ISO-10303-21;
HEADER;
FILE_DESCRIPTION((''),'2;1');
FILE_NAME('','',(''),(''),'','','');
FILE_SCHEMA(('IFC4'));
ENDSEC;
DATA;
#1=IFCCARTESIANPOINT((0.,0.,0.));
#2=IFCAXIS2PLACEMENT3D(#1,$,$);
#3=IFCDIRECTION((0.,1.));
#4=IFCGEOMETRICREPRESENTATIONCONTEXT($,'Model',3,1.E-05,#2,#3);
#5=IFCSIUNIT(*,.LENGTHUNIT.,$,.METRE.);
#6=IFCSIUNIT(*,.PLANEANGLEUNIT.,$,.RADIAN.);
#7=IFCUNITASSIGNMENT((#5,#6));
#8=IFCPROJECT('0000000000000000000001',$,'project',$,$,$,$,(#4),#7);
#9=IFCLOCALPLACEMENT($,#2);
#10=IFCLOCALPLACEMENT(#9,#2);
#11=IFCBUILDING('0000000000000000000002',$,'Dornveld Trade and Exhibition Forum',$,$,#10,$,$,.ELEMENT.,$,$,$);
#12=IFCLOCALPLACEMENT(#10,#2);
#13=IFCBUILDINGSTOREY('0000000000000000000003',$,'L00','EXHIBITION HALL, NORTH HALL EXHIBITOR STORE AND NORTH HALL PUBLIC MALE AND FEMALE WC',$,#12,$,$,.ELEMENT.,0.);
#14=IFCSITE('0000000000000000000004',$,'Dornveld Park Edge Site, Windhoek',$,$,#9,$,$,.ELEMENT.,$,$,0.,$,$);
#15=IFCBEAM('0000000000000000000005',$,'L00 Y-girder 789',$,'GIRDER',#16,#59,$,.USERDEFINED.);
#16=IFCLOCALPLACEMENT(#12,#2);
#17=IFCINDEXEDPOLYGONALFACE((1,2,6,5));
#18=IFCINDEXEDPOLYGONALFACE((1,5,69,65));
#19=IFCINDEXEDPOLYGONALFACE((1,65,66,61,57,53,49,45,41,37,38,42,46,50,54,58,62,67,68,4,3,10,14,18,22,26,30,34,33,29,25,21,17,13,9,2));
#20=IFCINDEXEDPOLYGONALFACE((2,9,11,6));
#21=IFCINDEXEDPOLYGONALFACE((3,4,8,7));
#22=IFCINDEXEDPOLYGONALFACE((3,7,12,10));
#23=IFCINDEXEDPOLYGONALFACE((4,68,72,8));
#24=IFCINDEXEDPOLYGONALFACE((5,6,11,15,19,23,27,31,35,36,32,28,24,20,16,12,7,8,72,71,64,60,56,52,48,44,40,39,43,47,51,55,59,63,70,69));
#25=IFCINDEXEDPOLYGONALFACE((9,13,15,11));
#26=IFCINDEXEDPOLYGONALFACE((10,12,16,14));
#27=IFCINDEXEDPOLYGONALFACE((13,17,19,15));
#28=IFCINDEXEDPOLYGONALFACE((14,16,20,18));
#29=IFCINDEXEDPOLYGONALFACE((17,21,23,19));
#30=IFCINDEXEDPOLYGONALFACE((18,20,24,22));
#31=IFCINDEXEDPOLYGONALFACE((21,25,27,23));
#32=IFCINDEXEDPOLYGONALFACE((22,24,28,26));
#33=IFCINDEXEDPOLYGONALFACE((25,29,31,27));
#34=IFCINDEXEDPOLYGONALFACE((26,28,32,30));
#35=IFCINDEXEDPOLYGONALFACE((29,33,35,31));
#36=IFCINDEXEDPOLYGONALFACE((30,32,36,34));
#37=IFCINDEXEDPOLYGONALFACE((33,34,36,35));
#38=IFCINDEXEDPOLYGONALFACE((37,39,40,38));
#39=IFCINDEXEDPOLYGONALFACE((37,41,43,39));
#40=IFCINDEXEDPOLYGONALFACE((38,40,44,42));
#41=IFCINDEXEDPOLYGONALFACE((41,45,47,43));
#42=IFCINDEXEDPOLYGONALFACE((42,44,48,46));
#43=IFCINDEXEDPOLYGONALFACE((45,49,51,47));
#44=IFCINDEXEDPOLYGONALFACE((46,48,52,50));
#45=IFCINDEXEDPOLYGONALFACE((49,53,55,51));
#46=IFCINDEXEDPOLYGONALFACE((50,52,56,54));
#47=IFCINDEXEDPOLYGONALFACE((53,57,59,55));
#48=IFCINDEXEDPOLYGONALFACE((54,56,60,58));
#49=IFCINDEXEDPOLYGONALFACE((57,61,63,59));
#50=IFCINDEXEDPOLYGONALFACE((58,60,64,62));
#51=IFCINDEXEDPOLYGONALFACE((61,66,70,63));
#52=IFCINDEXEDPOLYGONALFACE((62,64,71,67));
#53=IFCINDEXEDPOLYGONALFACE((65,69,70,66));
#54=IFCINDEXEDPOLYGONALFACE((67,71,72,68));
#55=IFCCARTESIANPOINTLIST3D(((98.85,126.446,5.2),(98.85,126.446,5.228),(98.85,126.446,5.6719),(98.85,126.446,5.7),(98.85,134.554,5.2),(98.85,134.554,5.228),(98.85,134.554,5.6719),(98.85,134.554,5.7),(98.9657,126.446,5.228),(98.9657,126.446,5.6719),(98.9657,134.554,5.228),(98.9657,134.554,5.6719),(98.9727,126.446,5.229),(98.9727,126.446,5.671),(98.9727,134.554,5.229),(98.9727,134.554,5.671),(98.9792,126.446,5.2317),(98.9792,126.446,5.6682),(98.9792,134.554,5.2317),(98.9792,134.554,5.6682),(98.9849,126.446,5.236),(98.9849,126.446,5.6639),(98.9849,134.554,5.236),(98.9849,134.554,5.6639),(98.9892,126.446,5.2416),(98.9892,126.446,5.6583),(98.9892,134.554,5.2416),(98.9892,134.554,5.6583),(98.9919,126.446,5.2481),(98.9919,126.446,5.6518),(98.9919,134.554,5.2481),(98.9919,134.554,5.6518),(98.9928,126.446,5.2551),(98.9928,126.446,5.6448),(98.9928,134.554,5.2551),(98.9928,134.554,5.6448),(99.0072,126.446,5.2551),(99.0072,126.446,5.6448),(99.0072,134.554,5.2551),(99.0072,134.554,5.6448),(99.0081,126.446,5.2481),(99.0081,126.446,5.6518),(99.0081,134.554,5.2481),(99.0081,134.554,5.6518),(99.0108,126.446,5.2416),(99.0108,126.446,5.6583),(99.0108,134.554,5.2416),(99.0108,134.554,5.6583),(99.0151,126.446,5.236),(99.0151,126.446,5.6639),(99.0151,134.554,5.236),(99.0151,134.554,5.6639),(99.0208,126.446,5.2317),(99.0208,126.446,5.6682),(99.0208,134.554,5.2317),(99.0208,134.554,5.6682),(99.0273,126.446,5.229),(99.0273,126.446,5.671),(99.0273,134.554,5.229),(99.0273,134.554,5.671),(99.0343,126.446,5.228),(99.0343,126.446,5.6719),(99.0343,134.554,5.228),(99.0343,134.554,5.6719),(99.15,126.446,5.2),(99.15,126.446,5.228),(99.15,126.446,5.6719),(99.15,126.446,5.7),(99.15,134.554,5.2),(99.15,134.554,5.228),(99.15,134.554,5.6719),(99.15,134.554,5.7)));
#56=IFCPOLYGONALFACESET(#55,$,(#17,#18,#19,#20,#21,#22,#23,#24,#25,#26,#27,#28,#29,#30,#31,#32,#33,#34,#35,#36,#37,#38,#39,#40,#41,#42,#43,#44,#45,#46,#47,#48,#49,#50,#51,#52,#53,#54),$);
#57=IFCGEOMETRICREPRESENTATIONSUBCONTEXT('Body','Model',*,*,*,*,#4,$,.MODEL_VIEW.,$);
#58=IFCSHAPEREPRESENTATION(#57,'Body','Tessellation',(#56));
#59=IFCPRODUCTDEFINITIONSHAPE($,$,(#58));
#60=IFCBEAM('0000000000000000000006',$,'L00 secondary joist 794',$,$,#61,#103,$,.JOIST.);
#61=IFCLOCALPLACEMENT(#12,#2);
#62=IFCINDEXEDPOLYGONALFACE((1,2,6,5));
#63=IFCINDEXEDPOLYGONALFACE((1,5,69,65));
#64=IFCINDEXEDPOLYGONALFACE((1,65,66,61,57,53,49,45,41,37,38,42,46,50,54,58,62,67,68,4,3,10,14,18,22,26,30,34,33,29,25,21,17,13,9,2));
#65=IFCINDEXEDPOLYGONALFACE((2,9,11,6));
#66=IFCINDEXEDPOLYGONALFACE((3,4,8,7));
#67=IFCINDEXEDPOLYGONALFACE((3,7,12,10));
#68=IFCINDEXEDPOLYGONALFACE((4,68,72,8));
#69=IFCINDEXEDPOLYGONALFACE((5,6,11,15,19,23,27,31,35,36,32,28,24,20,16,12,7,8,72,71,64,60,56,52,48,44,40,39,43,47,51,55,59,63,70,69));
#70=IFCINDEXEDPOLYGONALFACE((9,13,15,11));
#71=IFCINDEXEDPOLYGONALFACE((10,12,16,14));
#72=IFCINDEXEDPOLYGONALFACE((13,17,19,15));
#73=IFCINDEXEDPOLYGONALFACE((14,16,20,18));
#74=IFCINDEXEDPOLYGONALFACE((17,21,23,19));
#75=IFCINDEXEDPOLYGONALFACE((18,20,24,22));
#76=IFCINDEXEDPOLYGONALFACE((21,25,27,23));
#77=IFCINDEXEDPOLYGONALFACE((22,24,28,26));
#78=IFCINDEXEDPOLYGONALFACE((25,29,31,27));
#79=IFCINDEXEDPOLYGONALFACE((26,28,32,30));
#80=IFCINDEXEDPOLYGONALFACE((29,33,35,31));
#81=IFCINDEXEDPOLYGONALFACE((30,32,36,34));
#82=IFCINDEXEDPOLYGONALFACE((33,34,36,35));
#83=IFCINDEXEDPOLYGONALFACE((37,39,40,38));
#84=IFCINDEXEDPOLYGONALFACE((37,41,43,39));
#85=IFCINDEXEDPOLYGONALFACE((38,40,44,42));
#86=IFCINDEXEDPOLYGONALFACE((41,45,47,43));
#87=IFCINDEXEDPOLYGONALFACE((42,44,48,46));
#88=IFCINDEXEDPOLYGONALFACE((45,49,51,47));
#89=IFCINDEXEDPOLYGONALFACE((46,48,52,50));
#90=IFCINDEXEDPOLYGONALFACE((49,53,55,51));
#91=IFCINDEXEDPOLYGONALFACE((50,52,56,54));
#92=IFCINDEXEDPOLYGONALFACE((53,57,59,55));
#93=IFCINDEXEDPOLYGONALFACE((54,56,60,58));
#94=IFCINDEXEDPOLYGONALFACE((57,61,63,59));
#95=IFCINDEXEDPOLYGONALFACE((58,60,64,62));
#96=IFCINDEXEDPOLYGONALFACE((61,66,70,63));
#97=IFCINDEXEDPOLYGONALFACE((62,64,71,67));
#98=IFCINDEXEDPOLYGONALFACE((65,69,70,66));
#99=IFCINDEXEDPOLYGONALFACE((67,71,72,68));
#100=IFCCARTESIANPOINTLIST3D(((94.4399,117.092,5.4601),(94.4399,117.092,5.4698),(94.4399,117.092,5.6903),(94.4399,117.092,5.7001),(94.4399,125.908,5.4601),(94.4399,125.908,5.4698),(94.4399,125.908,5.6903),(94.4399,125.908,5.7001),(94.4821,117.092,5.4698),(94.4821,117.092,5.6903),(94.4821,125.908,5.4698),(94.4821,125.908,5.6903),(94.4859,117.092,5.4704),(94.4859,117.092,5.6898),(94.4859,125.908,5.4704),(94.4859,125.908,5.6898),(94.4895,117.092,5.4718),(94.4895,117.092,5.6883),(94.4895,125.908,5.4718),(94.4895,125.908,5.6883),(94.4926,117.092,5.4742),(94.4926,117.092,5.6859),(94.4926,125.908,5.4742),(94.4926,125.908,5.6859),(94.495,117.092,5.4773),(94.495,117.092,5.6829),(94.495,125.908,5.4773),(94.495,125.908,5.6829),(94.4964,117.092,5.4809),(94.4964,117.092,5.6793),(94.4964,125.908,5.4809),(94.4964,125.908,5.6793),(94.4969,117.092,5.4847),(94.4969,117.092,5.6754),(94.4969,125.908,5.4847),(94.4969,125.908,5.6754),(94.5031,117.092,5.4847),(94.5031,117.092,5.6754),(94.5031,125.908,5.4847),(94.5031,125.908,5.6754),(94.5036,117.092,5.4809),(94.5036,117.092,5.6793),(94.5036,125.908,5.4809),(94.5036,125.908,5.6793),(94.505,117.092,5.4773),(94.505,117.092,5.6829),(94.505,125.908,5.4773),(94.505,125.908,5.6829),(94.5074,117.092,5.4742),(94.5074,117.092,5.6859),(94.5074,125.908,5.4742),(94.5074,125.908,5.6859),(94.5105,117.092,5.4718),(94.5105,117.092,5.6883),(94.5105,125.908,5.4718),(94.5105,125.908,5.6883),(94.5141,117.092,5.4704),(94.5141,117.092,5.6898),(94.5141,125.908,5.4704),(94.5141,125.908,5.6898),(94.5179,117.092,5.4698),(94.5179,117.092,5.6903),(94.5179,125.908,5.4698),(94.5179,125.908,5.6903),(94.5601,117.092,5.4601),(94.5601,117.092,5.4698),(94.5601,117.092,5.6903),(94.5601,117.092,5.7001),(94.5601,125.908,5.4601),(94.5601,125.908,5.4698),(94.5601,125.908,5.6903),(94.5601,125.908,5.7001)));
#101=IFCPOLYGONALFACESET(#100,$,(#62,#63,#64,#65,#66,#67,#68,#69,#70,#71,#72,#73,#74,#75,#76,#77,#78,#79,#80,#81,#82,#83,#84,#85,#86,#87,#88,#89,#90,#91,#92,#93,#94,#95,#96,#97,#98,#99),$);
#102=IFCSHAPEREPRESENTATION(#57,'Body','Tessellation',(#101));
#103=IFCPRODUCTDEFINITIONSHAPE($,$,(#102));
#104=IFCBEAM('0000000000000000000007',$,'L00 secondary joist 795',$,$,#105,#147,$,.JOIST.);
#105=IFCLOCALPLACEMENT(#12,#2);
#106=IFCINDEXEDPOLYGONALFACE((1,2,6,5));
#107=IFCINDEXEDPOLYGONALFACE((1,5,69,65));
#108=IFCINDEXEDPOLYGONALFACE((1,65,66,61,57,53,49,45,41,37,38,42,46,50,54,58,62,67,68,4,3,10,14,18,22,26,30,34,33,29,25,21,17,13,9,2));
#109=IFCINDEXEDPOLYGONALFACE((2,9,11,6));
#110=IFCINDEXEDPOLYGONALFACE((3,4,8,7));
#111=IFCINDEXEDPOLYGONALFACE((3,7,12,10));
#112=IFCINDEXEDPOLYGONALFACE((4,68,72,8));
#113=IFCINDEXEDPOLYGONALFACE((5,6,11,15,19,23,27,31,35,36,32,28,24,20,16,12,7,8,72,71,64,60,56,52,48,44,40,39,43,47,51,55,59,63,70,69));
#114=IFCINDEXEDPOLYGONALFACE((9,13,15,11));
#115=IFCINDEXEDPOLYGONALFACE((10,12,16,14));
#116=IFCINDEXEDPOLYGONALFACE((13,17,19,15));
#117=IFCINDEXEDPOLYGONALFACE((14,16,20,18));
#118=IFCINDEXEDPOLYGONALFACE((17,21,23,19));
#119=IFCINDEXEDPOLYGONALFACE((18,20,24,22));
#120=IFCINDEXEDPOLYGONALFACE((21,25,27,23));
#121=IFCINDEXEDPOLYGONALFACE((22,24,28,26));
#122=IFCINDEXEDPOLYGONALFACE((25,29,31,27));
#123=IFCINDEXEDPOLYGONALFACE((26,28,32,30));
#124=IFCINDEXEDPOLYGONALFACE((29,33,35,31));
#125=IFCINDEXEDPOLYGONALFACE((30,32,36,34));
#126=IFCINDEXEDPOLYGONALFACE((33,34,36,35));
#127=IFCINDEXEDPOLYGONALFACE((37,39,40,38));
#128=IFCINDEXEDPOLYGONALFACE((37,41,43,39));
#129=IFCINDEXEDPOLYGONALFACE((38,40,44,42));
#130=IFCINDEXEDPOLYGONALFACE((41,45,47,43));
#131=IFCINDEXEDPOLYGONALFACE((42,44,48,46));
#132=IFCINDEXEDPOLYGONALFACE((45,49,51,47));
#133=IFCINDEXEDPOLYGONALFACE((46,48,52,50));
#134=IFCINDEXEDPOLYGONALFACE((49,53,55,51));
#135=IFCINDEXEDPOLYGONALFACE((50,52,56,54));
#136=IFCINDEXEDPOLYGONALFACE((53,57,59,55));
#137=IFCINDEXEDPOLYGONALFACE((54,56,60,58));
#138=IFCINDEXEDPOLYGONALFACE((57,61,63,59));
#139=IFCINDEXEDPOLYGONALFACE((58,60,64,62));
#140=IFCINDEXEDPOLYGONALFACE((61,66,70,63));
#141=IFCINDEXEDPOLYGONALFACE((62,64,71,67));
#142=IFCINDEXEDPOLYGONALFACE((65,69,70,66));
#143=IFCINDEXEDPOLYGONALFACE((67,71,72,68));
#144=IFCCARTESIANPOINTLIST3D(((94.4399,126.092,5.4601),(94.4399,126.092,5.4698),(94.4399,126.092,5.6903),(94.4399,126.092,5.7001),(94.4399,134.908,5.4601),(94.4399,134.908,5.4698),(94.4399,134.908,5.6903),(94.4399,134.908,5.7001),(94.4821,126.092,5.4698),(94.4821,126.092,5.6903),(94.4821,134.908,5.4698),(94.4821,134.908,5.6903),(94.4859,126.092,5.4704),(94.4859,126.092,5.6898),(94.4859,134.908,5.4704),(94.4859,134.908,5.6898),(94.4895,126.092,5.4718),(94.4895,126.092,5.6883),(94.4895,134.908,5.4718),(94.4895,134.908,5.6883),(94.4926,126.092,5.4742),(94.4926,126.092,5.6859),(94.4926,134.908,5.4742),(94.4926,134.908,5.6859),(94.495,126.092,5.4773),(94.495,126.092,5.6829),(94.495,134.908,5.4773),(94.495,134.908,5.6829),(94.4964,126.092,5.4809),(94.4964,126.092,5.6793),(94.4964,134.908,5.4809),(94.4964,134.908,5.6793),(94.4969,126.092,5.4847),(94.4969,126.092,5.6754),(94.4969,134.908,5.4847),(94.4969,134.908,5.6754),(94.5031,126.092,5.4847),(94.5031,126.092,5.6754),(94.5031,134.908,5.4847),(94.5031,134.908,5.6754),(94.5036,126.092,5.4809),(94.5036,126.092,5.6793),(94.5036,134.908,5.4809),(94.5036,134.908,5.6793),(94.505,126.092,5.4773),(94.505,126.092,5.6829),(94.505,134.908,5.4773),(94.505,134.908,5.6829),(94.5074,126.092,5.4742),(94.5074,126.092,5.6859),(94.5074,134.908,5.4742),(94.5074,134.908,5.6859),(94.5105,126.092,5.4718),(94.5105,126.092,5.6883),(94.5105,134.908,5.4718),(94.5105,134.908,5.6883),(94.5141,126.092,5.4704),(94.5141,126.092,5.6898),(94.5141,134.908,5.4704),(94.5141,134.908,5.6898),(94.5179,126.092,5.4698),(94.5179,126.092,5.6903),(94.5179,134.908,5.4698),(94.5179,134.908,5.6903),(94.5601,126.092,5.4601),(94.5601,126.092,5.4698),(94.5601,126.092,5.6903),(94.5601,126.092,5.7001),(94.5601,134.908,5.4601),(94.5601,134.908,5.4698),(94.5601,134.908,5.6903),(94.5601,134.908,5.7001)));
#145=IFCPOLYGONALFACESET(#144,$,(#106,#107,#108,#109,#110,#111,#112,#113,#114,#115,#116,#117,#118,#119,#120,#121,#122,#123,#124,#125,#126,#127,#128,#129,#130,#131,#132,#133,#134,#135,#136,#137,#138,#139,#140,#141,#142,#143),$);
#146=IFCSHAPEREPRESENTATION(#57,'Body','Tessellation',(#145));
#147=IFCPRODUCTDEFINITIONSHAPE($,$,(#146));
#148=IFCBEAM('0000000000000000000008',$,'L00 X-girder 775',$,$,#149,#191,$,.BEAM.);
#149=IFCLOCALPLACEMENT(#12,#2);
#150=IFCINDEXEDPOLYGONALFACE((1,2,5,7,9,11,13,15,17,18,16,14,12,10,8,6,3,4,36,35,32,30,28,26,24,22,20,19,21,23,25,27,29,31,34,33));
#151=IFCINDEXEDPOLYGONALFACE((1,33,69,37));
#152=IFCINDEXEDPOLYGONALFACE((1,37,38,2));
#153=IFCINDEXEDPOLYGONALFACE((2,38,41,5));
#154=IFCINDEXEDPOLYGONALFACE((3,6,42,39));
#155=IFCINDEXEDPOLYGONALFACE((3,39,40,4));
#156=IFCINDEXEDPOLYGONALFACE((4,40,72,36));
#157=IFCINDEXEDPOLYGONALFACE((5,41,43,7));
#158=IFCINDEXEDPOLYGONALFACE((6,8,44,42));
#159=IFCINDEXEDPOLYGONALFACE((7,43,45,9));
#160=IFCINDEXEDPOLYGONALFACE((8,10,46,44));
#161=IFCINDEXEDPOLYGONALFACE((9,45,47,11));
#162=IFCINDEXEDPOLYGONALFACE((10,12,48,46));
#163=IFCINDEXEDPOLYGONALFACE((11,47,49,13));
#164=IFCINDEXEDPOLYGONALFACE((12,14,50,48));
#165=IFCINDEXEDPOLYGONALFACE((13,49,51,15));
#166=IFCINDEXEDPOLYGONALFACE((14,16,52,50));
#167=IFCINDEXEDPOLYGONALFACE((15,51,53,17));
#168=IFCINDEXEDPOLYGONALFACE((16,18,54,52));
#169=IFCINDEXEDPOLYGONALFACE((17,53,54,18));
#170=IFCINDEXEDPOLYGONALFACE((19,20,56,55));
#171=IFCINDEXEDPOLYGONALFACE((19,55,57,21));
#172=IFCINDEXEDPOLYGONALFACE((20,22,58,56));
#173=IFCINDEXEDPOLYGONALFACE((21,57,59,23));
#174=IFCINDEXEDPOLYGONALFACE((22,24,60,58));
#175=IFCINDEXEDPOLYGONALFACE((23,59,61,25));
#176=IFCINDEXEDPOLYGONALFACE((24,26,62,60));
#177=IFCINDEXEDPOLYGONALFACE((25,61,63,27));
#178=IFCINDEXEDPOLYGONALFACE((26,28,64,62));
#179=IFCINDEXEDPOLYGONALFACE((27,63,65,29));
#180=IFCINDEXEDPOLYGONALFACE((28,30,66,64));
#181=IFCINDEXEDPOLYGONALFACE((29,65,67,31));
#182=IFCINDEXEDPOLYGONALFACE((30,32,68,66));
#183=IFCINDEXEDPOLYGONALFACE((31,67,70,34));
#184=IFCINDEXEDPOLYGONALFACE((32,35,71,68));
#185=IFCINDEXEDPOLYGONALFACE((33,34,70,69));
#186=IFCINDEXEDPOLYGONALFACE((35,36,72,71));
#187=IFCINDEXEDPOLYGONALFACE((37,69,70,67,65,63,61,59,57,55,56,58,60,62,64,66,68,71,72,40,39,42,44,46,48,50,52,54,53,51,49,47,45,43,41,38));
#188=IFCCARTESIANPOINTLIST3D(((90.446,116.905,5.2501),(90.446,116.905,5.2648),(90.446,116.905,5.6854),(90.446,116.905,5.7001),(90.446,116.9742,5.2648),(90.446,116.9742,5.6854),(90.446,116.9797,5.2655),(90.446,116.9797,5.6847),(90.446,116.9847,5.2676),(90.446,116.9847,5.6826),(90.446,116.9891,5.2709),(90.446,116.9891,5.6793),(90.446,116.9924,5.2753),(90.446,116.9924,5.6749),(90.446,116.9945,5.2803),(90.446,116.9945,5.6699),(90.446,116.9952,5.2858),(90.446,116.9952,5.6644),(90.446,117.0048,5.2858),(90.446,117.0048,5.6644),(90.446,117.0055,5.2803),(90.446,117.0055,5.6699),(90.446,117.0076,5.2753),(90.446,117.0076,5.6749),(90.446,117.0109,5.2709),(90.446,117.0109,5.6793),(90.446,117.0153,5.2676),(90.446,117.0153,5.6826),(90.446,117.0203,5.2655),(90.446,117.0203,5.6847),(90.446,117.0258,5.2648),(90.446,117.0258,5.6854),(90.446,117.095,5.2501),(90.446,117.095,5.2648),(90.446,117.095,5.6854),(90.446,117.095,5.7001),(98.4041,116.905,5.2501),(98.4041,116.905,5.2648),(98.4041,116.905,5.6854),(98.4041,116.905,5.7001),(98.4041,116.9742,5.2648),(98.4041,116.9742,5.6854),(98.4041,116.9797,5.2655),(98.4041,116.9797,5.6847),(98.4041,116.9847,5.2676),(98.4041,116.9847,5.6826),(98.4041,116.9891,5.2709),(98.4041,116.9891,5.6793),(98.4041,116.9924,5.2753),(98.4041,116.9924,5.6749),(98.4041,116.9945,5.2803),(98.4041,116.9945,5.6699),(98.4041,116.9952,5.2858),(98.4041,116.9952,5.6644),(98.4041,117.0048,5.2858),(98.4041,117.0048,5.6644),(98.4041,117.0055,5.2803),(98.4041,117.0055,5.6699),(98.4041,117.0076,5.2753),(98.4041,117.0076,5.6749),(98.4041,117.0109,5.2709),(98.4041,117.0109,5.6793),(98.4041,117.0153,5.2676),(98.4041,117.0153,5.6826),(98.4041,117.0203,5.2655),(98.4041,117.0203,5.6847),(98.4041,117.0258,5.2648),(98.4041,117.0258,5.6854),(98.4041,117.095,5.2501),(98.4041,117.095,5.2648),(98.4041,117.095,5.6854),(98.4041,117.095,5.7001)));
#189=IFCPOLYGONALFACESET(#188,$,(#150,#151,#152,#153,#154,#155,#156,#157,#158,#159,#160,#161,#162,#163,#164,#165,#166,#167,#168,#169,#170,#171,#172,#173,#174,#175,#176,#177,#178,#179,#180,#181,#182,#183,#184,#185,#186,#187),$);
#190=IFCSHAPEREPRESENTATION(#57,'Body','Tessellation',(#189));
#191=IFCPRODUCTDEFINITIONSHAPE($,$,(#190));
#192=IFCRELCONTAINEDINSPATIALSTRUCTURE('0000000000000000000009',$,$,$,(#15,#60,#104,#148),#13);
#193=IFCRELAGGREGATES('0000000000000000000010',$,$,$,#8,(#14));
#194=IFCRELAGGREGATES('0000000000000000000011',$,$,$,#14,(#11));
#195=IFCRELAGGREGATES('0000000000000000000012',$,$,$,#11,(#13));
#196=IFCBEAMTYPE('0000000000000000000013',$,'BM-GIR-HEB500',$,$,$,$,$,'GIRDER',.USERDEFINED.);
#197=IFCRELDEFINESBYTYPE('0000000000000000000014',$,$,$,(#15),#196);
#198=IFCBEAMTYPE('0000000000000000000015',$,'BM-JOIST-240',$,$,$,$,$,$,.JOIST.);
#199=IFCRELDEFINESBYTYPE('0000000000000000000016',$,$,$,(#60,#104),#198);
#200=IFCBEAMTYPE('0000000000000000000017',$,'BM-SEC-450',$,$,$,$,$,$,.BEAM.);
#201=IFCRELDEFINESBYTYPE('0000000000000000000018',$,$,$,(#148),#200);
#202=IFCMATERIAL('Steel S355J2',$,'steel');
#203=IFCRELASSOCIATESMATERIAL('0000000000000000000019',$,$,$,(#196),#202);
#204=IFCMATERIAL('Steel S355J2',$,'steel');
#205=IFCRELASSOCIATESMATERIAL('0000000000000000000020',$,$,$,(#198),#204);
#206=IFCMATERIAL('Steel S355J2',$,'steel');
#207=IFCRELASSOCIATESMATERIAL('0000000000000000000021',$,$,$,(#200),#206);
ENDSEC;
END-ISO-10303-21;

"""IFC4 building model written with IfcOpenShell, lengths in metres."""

from ifc_helpers import new_model, si_unit, direction, frame, origin, origin_2d, place, context, subcontext, project, spatial, i_section, extrude, material, material_profile, profile_set, type_object, element, save


model = new_model("IFC4")

# Units and contexts
model_context = context("Model", 3, precision=1e-05, world=origin(), true_north=direction((0.0, 1.0)))
body_context = subcontext(model_context, "Body", "Model", "MODEL_VIEW")
ifc_project = project(units=[si_unit("LENGTHUNIT", "METRE"), si_unit("PLANEANGLEUNIT", "RADIAN")], contexts=[model_context])

# Site, building, storey
site_placement = place(None, origin())
site = spatial("IfcSite", under=ifc_project, at=site_placement, Name="Dornveld Park Edge Site, Windhoek", CompositionType="ELEMENT", RefElevation=0.0)
building_placement = place(site_placement, origin())
building = spatial("IfcBuilding", under=site, at=building_placement, Name="Dornveld Trade and Exhibition Forum", CompositionType="ELEMENT")
storey_placement = place(building_placement, origin())
storey = spatial("IfcBuildingStorey", under=building, at=storey_placement, Name="L00", Description="EXHIBITION HALL, NORTH HALL EXHIBITOR STORE AND NORTH HALL PUBLIC MALE AND FEMALE WC", CompositionType="ELEMENT", Elevation=0.0)

# Beams
ifc_material_1 = material(Name="Steel S355J2", Category="steel")
ifc_material_profile_1 = material_profile(ifc_material_1, i_section(OverallWidth=0.3, OverallDepth=0.5, WebThickness=0.0144, FlangeThickness=0.0281, FilletRadius=0.0271, at=origin_2d()), Name="HEB 500")
ifc_profile_set_1 = profile_set([ifc_material_profile_1], Name="Steel S355J2")
beam_type_1 = type_object("IfcBeamType", Name="BM-GIR-HEB500", ElementType="GIRDER", PredefinedType="USERDEFINED", material=ifc_profile_set_1)
for number, where, z_axis, x_axis, name in (
    (1, (99.0, 126.446, 5.45), (0.0, 1.0, 0.0), (-1.0, 0.0, 0.0), "L00 Y-girder 789"),
):
    element("IfcBeam", number, at=place(storey_placement, frame(where, z_axis=z_axis, x_axis=x_axis)), inside=storey, type_object=beam_type_1, Name=name, ObjectType="GIRDER", PredefinedType="USERDEFINED", context=body_context, shape_type="SweptSolid", body=[
        extrude(i_section(OverallWidth=0.3, OverallDepth=0.5, WebThickness=0.0144, FlangeThickness=0.0281, FilletRadius=0.0271, at=origin_2d()), origin(), (0.0, 0.0, 1.0), 8.1079),
    ])
ifc_material_2 = material(Name="Steel S355J2", Category="steel")
ifc_material_profile_2 = material_profile(ifc_material_2, i_section(OverallWidth=0.1201, OverallDepth=0.24, WebThickness=0.0061, FlangeThickness=0.0098, FilletRadius=0.0149, at=origin_2d()), Name="IPE 240")
ifc_profile_set_2 = profile_set([ifc_material_profile_2], Name="Steel S355J2")
beam_type_2 = type_object("IfcBeamType", Name="BM-JOIST-240", PredefinedType="JOIST", material=ifc_profile_set_2)
for number, where, z_axis, x_axis, name in (
    (2, (94.5, 117.092, 5.5801), (0.0, 1.0, 0.0), (-1.0, 0.0, 0.0), "L00 secondary joist 794"),
    (3, (94.5, 126.092, 5.5801), (0.0, 1.0, 0.0), (-1.0, 0.0, 0.0), "L00 secondary joist 795"),
):
    element("IfcBeam", number, at=place(storey_placement, frame(where, z_axis=z_axis, x_axis=x_axis)), inside=storey, type_object=beam_type_2, Name=name, PredefinedType="JOIST", context=body_context, shape_type="SweptSolid", body=[
        extrude(i_section(OverallWidth=0.1201, OverallDepth=0.24, WebThickness=0.0061, FlangeThickness=0.0098, FilletRadius=0.0149, at=origin_2d()), origin(), (0.0, 0.0, 1.0), 8.8159),
    ])
ifc_material_3 = material(Name="Steel S355J2", Category="steel")
ifc_material_profile_3 = material_profile(ifc_material_3, i_section(OverallWidth=0.1899, OverallDepth=0.45, WebThickness=0.0095, FlangeThickness=0.0146, FilletRadius=0.021, at=origin_2d()), Name="IPE 450")
ifc_profile_set_3 = profile_set([ifc_material_profile_3], Name="Steel S355J2")
beam_type_3 = type_object("IfcBeamType", Name="BM-SEC-450", PredefinedType="BEAM", material=ifc_profile_set_3)
for number, where, z_axis, x_axis, name in (
    (4, (90.446, 117.0, 5.4751), (1.0, 0.0, 0.0), (0.0, 1.0, 0.0), "L00 X-girder 775"),
):
    element("IfcBeam", number, at=place(storey_placement, frame(where, z_axis=z_axis, x_axis=x_axis)), inside=storey, type_object=beam_type_3, Name=name, PredefinedType="BEAM", context=body_context, shape_type="SweptSolid", body=[
        extrude(i_section(OverallWidth=0.1899, OverallDepth=0.45, WebThickness=0.0095, FlangeThickness=0.0146, FilletRadius=0.021, at=origin_2d()), origin(), (0.0, 0.0, 1.0), 7.958),
    ])

save(model, "model.ifc")
